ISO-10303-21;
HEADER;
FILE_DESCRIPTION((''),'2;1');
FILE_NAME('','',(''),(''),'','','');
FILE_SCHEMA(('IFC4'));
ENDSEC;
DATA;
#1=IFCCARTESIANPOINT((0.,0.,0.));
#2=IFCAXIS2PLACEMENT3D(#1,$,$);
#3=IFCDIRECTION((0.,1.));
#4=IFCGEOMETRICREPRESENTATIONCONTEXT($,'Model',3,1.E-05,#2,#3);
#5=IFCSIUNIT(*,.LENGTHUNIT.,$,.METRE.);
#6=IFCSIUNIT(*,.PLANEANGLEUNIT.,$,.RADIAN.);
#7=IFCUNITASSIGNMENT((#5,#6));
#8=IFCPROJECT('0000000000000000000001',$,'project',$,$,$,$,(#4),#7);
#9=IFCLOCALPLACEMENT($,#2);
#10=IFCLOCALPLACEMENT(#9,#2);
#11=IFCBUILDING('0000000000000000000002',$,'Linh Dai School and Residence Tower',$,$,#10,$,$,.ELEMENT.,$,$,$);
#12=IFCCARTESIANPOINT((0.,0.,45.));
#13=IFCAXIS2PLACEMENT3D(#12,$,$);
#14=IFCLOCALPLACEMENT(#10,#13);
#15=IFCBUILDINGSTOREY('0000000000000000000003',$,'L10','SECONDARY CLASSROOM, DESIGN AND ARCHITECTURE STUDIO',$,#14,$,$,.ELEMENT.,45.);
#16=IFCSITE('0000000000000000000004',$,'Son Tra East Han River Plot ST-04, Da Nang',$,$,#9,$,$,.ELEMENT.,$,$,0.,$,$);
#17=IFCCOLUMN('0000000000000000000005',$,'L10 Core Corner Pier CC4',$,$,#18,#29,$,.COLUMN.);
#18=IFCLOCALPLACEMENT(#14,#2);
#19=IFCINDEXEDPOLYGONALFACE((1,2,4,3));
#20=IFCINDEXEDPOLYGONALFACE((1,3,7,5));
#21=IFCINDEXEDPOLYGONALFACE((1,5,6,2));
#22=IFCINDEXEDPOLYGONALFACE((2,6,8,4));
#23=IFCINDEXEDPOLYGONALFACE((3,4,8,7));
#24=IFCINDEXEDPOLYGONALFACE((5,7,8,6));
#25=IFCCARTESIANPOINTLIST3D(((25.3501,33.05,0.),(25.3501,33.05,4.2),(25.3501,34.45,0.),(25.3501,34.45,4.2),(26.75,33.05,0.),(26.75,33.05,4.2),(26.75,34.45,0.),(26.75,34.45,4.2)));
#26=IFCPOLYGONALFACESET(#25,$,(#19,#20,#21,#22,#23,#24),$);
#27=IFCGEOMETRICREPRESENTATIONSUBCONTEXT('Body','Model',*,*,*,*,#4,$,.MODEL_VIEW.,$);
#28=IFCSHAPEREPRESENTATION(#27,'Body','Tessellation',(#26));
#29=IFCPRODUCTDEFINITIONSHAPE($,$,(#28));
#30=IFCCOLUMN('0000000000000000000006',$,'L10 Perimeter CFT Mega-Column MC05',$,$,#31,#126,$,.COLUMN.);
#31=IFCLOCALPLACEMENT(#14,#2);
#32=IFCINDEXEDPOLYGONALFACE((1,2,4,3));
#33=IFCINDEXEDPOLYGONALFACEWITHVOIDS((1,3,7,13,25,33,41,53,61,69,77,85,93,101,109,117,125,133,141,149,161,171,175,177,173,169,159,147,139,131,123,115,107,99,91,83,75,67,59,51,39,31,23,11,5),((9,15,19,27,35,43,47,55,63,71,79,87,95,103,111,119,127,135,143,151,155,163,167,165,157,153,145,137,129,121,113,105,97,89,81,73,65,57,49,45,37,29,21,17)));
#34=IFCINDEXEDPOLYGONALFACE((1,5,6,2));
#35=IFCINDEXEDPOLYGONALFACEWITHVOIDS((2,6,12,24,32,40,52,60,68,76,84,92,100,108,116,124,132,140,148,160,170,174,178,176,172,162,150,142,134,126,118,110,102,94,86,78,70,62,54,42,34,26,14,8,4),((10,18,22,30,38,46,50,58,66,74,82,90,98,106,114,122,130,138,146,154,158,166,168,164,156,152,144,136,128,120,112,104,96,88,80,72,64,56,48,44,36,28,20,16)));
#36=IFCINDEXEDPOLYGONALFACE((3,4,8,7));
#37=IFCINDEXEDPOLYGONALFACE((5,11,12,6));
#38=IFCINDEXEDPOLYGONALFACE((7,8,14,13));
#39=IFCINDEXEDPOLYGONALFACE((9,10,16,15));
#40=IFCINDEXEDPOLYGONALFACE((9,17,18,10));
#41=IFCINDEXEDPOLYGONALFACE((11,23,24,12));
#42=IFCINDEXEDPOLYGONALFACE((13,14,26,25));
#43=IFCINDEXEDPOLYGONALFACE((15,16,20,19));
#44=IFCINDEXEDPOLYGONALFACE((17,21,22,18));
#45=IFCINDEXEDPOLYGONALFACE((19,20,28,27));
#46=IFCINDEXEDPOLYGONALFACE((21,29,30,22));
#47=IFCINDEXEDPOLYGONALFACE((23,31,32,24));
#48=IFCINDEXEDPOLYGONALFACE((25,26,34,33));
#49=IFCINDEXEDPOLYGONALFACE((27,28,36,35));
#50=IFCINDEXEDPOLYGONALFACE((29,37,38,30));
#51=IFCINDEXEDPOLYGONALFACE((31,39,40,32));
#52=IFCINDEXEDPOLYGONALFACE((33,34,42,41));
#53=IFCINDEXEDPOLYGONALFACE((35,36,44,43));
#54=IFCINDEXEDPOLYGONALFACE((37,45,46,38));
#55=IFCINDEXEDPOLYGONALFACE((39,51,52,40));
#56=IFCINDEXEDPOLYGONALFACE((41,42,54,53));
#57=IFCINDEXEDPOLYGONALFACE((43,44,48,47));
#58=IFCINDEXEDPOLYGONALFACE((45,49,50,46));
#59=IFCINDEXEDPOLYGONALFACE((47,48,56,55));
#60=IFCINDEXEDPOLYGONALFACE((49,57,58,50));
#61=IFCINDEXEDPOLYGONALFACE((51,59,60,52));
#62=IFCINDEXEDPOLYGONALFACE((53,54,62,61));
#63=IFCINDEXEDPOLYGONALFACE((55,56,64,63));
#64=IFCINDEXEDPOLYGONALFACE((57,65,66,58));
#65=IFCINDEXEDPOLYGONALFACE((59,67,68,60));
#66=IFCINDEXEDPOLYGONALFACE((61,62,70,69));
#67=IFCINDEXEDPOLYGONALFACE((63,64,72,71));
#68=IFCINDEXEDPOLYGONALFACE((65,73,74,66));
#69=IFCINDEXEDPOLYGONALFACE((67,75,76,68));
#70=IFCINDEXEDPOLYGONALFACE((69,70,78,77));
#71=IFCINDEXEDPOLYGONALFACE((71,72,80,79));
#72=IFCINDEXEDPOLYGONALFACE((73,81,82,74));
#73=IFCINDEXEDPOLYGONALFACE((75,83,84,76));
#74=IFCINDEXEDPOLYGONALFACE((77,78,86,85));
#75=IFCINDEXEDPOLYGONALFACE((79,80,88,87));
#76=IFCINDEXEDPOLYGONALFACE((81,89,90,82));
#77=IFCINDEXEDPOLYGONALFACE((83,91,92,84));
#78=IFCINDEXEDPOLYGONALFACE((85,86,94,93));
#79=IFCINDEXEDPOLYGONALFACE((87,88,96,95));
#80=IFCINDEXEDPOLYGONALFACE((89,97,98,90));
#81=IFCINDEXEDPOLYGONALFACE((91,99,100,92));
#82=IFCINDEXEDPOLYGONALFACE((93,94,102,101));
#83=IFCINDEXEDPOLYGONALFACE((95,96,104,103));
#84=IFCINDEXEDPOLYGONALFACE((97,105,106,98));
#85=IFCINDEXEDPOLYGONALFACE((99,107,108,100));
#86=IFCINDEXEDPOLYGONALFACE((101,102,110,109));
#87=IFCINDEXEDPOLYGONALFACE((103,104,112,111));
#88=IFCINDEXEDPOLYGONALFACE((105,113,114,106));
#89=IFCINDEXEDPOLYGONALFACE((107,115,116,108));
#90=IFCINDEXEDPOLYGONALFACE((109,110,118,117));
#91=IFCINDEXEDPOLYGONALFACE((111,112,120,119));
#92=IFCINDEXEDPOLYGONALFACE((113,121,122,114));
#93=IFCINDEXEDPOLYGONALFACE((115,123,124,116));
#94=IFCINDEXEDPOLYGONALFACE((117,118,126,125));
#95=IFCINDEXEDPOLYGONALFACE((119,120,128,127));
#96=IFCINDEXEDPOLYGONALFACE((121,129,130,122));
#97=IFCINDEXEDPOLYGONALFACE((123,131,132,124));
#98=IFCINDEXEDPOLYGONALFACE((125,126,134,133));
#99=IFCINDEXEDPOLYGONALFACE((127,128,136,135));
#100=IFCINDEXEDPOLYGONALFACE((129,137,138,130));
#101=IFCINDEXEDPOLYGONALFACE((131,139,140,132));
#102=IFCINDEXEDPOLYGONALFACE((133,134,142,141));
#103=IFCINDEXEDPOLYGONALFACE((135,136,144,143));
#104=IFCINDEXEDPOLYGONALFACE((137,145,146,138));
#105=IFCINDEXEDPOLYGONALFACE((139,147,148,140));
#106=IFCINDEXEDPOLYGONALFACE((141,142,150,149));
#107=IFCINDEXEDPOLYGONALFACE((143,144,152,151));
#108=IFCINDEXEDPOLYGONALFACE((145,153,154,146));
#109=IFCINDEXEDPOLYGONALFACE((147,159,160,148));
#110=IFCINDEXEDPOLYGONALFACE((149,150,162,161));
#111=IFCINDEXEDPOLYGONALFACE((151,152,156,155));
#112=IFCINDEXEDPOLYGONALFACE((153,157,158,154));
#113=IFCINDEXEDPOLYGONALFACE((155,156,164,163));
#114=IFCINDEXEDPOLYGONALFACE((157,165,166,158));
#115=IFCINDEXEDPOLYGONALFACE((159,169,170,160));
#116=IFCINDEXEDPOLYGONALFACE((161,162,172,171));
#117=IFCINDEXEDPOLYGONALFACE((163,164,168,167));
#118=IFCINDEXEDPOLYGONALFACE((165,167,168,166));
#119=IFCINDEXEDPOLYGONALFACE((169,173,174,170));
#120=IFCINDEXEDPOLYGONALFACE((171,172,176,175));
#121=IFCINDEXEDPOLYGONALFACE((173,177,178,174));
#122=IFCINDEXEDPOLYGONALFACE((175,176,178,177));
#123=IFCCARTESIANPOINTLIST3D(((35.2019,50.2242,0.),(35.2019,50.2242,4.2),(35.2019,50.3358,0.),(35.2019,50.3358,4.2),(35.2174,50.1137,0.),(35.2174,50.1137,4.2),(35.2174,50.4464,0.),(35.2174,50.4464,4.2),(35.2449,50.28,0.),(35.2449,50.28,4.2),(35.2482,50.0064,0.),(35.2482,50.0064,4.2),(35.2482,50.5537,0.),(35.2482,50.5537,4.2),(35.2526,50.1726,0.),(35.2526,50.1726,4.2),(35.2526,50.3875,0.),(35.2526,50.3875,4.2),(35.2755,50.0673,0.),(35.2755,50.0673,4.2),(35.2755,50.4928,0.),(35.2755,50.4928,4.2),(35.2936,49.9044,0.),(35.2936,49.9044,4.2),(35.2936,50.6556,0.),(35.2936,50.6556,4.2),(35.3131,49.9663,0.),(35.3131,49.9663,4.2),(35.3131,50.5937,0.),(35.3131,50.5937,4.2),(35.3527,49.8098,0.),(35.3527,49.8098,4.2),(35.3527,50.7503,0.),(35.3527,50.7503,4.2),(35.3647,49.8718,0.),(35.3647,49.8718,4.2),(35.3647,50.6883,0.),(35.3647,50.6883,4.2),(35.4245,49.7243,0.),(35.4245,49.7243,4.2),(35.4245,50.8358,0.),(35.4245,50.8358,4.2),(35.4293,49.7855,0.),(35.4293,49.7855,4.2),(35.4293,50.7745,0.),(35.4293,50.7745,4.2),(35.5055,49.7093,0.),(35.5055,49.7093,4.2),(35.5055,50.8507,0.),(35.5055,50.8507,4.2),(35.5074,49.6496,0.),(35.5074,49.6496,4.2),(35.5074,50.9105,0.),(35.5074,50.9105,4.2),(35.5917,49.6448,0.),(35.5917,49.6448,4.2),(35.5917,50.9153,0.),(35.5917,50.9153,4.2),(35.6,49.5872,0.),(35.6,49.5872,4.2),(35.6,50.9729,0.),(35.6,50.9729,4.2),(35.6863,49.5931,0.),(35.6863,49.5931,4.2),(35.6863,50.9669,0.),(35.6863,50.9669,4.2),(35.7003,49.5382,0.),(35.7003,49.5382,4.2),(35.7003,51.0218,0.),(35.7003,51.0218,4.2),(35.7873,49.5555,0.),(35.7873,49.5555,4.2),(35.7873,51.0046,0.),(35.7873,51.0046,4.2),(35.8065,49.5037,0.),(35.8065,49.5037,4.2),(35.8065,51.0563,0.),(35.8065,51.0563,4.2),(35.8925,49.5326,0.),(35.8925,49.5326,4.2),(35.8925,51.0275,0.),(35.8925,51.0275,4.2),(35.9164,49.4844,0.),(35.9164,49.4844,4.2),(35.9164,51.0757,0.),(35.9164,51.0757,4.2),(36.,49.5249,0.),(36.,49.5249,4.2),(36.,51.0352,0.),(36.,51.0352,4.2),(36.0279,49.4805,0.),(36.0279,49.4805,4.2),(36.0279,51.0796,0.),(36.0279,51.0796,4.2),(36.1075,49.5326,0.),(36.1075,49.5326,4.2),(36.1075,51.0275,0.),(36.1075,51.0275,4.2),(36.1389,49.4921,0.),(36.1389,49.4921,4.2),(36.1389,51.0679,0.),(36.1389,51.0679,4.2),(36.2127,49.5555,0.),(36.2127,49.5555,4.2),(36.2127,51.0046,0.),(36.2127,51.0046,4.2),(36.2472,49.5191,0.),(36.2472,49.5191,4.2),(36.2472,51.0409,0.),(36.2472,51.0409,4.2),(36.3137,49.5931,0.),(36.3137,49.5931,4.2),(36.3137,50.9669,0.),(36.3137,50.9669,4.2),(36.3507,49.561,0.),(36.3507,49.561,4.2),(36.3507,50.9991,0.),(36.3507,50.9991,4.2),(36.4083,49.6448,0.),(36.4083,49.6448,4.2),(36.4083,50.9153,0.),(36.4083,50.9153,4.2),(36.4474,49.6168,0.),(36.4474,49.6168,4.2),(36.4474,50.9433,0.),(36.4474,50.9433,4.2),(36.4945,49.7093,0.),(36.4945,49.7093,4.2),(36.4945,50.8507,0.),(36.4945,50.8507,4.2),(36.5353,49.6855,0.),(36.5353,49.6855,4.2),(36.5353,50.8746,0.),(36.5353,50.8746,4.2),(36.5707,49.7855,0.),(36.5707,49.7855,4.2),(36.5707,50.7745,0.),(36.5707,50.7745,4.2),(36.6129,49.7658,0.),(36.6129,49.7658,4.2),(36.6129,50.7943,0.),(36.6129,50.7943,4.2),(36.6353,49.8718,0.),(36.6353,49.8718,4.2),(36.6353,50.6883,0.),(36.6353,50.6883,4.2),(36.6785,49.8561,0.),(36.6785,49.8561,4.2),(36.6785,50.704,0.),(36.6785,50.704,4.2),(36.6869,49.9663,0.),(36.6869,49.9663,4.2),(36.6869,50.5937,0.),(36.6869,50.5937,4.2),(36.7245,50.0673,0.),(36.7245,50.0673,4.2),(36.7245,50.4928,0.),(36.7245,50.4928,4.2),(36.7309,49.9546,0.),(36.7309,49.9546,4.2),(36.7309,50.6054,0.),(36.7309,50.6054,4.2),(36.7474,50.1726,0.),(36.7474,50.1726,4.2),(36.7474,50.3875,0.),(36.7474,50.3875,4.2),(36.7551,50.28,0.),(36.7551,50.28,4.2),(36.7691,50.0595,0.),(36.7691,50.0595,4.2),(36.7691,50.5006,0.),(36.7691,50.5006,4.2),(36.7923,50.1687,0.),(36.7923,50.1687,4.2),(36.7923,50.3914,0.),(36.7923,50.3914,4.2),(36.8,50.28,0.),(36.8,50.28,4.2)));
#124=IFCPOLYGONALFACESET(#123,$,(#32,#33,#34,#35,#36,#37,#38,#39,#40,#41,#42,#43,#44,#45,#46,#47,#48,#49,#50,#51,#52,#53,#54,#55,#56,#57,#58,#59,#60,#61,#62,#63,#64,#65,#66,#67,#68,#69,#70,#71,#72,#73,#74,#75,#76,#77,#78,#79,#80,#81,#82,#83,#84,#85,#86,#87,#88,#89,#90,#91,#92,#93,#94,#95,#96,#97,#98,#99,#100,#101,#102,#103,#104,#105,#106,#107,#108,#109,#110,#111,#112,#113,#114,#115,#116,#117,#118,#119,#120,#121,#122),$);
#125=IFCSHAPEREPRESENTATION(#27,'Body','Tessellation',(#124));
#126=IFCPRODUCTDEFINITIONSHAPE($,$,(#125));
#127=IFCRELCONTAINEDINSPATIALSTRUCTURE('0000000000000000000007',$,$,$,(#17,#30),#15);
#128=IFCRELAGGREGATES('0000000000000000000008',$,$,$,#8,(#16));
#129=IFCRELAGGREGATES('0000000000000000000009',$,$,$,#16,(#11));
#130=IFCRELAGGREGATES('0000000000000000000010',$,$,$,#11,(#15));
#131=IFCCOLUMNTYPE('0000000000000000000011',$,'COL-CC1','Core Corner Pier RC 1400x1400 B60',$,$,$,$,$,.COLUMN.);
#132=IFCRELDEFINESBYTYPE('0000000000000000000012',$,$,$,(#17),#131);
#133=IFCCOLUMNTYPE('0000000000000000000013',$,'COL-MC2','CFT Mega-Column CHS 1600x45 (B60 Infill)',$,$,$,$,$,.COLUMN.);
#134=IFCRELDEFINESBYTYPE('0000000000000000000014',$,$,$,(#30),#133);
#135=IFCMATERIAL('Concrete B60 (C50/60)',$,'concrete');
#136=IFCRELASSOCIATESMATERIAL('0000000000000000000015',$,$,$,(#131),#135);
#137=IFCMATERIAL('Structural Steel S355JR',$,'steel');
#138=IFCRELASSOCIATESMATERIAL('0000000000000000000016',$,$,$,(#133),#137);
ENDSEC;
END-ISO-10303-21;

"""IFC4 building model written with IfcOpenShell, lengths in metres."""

from ifc_helpers import new_model, si_unit, direction, frame, origin, origin_2d, place, context, subcontext, project, spatial, rectangle, hollow_circle, extrude, material, material_profile, profile_set, type_object, element, save


model = new_model("IFC4")

# Units and contexts
model_context = context("Model", 3, precision=1e-05, world=origin(), true_north=direction((0.0, 1.0)))
body_context = subcontext(model_context, "Body", "Model", "MODEL_VIEW")
ifc_project = project(units=[si_unit("LENGTHUNIT", "METRE"), si_unit("PLANEANGLEUNIT", "RADIAN")], contexts=[model_context])

# Site, building, storey
site_placement = place(None, origin())
site = spatial("IfcSite", under=ifc_project, at=site_placement, Name="Son Tra East Han River Plot ST-04, Da Nang", CompositionType="ELEMENT", RefElevation=0.0)
building_placement = place(site_placement, origin())
building = spatial("IfcBuilding", under=site, at=building_placement, Name="Linh Dai School and Residence Tower", CompositionType="ELEMENT")
storey_placement = place(building_placement, frame((0.0, 0.0, 45.0)))
storey = spatial("IfcBuildingStorey", under=building, at=storey_placement, Name="L10", Description="SECONDARY CLASSROOM, DESIGN AND ARCHITECTURE STUDIO", CompositionType="ELEMENT", Elevation=45.0)

# Columns
ifc_material_1 = material(Name="Concrete B60 (C50/60)", Category="concrete")
ifc_material_profile_1 = material_profile(ifc_material_1, rectangle(XDim=1.3999, YDim=1.3999, at=origin_2d()), Name="RC 1400x1400")
ifc_profile_set_1 = profile_set([ifc_material_profile_1], Name="Concrete B60 (C50/60)")
column_type_1 = type_object("IfcColumnType", Name="COL-CC1", Description="Core Corner Pier RC 1400x1400 B60", PredefinedType="COLUMN", material=ifc_profile_set_1)
column_placement = place(storey_placement, frame((26.05, 33.75, 0.0), z_axis=(0.0, 0.0, 1.0), x_axis=(1.0, 0.0, 0.0)))
element("IfcColumn", 1, at=column_placement, inside=storey, type_object=column_type_1, Name="L10 Core Corner Pier CC4", PredefinedType="COLUMN", context=body_context, shape_type="SweptSolid", body=[
    extrude(rectangle(XDim=1.3999, YDim=1.3999, at=origin_2d()), origin(), (0.0, 0.0, 1.0), 4.2),
])
ifc_material_2 = material(Name="Structural Steel S355JR", Category="steel")
ifc_material_profile_2 = material_profile(ifc_material_2, hollow_circle(Radius=0.8, WallThickness=0.0449, at=origin_2d()), Name="CHS 1600x45")
ifc_profile_set_2 = profile_set([ifc_material_profile_2], Name="Structural Steel S355JR")
column_type_2 = type_object("IfcColumnType", Name="COL-MC2", Description="CFT Mega-Column CHS 1600x45 (B60 Infill)", PredefinedType="COLUMN", material=ifc_profile_set_2)
for number, where, z_axis, x_axis, name in (
    (2, (36.0, 50.28, 0.0), (0.0, 0.0, 1.0), (1.0, 0.0, 0.0), "L10 Perimeter CFT Mega-Column MC05"),
):
    element("IfcColumn", number, at=place(storey_placement, frame(where, z_axis=z_axis, x_axis=x_axis)), inside=storey, type_object=column_type_2, Name=name, PredefinedType="COLUMN", context=body_context, shape_type="SweptSolid", body=[
        extrude(hollow_circle(Radius=0.8, WallThickness=0.0449, at=origin_2d()), origin(), (0.0, 0.0, 1.0), 4.2),
    ])

save(model, "model.ifc")
